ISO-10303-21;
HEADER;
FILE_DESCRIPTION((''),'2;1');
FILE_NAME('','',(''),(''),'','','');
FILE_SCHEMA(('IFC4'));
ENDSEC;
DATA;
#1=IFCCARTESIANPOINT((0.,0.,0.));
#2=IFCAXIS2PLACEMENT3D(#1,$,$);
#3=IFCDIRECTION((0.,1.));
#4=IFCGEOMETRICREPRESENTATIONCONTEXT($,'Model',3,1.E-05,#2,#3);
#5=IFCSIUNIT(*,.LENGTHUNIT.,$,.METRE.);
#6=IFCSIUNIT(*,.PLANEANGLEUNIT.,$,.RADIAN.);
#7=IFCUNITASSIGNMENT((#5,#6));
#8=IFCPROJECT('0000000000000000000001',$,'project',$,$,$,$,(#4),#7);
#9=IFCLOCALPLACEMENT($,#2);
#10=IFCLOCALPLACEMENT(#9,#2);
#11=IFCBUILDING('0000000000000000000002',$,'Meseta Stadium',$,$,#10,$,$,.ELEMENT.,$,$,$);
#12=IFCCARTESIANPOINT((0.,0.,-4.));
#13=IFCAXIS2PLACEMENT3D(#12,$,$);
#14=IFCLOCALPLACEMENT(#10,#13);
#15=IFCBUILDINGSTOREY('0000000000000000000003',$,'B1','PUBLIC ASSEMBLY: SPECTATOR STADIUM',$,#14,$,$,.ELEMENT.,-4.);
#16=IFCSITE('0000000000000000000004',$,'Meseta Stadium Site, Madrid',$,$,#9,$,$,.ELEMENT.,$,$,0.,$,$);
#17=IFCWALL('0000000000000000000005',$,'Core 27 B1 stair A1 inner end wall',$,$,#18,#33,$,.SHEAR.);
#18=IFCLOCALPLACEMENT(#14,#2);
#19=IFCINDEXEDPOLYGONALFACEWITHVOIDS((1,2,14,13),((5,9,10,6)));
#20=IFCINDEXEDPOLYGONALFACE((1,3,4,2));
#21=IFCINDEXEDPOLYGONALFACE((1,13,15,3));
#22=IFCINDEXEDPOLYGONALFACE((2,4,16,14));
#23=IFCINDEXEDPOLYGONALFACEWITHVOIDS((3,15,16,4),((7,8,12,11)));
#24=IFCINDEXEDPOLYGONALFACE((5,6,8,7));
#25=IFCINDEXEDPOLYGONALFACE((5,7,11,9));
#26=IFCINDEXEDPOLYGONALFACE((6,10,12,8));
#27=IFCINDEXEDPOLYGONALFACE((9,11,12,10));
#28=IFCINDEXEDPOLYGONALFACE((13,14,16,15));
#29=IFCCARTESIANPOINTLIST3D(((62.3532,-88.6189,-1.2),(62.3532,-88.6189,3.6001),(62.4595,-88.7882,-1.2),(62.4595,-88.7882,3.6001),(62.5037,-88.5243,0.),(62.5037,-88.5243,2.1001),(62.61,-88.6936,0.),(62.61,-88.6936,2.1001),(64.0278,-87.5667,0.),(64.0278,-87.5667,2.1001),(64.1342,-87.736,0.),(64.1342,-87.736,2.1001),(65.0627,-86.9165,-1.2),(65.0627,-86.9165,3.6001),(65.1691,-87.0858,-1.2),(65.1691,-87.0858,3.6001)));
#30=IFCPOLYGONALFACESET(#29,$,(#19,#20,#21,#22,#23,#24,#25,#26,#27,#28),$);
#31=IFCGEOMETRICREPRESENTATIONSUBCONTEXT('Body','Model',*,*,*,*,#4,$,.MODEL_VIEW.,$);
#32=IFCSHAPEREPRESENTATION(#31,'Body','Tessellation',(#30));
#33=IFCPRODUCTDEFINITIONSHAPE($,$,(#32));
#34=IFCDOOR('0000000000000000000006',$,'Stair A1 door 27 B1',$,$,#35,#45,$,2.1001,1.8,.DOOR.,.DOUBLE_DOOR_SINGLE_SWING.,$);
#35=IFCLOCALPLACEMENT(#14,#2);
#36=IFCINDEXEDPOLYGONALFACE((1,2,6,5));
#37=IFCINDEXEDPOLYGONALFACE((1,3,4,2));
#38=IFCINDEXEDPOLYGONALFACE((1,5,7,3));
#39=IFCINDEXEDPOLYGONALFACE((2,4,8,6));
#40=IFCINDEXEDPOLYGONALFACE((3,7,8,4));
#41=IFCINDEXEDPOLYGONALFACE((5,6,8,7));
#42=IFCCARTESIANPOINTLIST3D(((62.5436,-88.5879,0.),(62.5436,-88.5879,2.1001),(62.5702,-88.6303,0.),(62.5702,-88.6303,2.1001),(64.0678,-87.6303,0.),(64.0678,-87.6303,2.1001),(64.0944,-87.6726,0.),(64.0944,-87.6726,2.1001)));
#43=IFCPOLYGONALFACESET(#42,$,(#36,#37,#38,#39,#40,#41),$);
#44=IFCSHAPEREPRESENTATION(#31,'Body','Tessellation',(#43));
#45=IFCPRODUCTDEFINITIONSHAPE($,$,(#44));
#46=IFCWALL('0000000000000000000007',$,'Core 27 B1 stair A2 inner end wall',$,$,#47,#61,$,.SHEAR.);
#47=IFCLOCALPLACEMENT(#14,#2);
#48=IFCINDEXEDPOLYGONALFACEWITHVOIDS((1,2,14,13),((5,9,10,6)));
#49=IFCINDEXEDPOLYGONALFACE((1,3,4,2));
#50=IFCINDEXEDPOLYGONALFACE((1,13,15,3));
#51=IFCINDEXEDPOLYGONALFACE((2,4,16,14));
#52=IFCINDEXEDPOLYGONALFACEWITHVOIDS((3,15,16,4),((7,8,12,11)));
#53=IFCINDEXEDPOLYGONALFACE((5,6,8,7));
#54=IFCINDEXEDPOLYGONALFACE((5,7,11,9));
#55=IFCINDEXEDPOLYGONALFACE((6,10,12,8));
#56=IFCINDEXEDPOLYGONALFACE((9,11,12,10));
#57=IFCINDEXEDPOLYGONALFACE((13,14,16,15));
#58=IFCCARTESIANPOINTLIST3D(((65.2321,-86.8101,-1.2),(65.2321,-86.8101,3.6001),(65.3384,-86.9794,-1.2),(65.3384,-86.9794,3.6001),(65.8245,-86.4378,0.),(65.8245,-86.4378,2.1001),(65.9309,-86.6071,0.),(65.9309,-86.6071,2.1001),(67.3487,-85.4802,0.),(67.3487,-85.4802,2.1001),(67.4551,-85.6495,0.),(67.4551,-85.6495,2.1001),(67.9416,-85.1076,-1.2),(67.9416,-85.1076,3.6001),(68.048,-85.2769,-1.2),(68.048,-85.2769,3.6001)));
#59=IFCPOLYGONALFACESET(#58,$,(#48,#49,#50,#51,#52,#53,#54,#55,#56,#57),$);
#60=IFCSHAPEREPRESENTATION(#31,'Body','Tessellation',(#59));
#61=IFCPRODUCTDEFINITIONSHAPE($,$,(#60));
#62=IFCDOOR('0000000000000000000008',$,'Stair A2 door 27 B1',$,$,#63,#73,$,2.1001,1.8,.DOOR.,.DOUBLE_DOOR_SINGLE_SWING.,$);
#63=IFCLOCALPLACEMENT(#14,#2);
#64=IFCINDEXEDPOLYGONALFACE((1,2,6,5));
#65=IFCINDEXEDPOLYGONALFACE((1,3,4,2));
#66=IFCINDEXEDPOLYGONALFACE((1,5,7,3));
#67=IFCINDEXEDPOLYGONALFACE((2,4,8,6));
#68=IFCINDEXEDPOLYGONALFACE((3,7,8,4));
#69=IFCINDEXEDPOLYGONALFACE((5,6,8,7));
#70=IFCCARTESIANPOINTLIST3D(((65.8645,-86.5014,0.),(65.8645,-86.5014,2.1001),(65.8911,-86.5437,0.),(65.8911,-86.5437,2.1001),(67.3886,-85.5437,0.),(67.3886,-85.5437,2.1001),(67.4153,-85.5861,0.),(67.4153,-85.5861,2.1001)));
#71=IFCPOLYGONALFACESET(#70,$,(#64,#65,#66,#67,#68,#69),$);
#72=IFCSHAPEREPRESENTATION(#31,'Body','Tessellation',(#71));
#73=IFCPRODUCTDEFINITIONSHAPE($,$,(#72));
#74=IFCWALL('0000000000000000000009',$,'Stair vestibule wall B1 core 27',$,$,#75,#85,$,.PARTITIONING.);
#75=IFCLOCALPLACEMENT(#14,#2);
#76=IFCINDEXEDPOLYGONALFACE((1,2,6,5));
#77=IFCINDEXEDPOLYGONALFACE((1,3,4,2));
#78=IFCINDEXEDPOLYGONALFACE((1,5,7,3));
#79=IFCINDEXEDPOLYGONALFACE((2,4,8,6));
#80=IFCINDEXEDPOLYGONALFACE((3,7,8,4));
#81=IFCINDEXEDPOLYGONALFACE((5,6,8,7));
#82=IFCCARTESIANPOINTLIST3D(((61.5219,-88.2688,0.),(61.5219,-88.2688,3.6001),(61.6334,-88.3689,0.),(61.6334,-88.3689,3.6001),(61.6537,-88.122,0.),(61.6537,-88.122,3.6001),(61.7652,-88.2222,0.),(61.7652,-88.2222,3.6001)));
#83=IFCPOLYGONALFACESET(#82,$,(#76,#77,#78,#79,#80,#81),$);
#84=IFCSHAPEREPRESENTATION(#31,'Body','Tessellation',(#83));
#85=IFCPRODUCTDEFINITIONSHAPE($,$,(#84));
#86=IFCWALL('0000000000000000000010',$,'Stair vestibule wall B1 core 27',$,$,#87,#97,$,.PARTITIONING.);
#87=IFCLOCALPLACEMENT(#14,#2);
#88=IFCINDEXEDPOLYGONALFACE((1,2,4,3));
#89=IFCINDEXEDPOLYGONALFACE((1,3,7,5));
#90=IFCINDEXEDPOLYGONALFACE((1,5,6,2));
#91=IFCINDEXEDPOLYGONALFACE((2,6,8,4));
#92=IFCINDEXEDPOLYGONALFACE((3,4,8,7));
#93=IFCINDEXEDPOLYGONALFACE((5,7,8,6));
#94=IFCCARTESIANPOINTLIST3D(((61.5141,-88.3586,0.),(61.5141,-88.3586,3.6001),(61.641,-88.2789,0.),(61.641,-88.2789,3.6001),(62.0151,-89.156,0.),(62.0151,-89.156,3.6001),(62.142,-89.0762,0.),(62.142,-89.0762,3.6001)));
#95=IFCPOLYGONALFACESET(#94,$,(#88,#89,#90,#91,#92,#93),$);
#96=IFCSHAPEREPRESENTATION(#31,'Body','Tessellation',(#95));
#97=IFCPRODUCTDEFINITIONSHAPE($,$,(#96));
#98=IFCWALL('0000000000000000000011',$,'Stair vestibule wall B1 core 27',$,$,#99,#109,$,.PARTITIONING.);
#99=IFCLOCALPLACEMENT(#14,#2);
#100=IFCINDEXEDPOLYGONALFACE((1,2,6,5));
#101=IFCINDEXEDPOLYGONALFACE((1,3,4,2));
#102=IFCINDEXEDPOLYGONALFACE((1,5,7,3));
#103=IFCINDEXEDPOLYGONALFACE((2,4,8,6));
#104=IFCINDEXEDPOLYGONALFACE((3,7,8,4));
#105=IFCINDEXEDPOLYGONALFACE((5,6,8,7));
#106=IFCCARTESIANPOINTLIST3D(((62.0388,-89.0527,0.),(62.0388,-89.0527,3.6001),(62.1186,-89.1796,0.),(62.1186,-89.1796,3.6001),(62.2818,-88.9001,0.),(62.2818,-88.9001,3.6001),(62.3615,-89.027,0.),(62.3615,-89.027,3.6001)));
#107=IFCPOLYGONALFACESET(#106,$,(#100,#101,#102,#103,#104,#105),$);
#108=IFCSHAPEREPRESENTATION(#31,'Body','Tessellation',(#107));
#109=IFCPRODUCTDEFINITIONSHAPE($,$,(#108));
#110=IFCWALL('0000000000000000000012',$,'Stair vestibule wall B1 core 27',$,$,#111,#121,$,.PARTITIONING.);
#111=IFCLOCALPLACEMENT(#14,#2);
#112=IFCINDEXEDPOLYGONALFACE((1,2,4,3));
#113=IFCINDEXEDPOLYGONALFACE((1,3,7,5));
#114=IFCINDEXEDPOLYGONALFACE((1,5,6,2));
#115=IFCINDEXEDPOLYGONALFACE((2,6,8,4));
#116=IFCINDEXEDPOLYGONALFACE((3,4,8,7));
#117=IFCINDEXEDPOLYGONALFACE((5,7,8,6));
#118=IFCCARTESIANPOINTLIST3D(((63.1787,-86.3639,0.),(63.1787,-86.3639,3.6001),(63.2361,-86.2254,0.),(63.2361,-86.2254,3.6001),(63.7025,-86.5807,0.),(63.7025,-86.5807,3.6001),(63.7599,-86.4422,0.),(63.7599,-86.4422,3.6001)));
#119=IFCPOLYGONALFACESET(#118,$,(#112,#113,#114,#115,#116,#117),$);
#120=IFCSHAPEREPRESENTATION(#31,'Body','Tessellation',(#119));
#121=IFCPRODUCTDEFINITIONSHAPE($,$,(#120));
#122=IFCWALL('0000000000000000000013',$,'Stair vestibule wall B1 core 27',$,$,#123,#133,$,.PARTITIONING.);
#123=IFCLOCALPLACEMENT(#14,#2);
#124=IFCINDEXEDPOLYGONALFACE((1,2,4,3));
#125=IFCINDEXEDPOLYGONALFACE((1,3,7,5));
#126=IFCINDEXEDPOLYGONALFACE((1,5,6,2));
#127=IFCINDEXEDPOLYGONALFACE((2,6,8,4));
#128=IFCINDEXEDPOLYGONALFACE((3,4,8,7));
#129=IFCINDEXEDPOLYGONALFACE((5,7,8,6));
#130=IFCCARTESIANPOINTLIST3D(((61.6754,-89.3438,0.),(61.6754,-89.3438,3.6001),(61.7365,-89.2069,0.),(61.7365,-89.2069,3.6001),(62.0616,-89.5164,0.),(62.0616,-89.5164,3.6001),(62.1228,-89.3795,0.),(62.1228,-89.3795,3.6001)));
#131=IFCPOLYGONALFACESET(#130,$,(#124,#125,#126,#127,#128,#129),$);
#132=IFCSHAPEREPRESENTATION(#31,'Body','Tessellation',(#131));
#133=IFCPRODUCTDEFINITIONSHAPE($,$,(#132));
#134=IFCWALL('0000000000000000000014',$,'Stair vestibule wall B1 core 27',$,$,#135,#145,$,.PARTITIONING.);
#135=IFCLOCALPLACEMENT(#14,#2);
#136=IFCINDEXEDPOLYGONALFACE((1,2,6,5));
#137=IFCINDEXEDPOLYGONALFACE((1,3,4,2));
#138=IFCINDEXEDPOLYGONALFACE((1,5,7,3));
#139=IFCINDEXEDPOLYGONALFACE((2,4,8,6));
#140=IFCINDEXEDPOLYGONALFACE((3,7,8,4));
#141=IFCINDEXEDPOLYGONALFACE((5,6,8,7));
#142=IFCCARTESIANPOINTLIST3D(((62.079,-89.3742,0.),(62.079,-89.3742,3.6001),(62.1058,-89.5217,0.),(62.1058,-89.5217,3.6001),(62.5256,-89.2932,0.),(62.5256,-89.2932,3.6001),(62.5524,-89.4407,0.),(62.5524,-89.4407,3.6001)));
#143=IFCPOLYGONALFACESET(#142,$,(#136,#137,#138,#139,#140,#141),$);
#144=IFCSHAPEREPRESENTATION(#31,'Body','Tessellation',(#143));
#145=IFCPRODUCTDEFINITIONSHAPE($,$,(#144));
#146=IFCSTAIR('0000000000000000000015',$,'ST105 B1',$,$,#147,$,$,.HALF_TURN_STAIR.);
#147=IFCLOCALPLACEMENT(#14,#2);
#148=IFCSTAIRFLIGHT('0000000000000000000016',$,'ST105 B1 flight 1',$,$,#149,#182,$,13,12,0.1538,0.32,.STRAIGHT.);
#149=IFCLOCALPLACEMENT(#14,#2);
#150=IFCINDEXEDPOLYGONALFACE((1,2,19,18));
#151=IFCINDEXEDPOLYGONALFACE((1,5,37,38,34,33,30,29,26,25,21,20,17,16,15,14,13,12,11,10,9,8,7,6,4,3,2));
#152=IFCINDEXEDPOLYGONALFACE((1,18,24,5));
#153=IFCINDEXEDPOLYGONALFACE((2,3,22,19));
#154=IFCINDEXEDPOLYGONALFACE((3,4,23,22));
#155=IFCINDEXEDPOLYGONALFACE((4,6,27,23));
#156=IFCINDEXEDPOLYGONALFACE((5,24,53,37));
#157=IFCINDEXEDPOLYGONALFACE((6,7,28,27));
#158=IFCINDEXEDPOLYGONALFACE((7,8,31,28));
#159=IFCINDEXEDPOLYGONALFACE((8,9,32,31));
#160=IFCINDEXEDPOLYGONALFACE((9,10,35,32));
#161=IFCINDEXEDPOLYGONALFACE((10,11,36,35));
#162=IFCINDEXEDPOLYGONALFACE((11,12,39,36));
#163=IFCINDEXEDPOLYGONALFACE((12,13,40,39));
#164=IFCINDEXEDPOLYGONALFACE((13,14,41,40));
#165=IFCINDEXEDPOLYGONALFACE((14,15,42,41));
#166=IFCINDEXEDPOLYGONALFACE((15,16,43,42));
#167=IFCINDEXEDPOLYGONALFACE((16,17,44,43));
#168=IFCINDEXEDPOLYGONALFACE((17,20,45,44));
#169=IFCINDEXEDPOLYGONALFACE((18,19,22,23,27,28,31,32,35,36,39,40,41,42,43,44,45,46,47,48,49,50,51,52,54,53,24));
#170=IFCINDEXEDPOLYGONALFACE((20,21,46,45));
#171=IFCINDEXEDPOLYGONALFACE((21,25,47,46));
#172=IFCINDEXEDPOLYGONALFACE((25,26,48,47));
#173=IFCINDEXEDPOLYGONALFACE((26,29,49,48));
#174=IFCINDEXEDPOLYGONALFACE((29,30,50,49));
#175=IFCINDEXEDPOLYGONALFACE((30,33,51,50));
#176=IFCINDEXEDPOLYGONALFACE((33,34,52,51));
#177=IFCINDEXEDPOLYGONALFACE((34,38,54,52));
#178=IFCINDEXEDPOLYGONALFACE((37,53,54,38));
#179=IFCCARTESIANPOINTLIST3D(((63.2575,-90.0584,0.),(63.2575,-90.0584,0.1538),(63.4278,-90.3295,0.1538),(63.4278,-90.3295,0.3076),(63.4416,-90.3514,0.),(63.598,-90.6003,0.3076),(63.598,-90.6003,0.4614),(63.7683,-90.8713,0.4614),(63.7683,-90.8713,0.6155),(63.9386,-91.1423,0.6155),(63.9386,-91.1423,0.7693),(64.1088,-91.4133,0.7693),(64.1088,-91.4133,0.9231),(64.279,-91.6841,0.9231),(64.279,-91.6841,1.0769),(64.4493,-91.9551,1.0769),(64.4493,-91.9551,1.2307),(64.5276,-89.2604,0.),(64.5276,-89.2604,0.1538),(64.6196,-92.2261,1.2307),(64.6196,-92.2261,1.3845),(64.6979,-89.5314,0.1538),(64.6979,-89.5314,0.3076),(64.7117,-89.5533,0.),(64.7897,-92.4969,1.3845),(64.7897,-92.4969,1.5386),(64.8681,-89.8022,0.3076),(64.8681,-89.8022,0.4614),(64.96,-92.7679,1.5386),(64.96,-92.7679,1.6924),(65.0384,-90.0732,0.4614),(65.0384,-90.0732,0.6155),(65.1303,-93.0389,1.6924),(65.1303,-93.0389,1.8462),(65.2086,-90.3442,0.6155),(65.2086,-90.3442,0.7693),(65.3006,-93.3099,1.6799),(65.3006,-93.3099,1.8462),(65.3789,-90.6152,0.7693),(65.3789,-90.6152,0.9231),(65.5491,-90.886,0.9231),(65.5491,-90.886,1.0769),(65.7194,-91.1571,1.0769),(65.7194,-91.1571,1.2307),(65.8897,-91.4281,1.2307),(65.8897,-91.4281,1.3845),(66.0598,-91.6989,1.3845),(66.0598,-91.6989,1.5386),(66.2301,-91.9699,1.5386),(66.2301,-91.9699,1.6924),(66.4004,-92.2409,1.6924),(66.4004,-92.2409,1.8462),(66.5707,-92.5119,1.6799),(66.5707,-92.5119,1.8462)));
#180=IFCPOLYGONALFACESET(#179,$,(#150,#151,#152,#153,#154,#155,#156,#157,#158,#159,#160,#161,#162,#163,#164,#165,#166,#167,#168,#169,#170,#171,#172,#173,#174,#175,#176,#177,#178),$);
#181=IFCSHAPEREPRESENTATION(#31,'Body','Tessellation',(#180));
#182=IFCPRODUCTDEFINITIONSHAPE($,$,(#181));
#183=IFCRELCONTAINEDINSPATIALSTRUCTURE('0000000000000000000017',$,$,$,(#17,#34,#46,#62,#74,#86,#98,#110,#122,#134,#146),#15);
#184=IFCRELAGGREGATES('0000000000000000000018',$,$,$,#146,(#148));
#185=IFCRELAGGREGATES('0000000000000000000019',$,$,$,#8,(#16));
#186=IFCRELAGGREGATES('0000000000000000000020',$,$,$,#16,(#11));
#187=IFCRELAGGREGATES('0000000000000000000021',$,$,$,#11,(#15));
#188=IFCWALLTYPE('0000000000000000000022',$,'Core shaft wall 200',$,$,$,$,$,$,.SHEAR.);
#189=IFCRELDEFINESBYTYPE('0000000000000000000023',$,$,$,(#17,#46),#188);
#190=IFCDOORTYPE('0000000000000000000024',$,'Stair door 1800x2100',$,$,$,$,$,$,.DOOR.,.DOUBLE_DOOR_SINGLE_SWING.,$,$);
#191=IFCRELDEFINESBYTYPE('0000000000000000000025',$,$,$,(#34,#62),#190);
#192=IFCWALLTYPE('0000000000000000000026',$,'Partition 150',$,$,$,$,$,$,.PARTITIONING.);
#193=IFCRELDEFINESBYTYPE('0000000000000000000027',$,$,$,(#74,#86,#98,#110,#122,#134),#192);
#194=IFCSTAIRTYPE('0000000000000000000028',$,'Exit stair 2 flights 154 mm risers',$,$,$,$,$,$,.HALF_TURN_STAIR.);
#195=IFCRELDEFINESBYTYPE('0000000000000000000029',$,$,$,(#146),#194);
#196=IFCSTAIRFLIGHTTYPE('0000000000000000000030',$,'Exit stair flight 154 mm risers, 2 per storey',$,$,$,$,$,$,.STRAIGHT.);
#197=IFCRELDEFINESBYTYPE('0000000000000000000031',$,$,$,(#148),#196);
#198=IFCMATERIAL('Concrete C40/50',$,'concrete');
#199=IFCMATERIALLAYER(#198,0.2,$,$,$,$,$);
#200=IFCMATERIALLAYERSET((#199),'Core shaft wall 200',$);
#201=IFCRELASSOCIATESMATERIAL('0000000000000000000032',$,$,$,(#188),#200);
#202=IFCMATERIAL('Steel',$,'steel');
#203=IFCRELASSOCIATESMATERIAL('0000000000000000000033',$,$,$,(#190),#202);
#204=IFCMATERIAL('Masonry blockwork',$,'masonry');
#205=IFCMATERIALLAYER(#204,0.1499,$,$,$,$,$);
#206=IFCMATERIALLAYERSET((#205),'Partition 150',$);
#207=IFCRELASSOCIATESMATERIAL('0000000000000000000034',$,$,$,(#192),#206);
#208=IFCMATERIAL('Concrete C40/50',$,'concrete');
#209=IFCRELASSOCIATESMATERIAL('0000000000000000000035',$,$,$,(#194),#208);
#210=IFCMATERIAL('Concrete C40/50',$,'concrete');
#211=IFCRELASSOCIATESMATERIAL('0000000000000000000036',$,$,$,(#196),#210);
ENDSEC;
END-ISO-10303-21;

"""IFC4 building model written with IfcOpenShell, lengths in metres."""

from ifc_helpers import new_model, si_unit, direction, frame, frame_2d, origin, place, context, subcontext, project, spatial, polyline, rectangle, outline, extrude, material, layer, layer_set, type_object, element, fill, aggregate, save


model = new_model("IFC4")

# Units and contexts
model_context = context("Model", 3, precision=1e-05, world=origin(), true_north=direction((0.0, 1.0)))
body_context = subcontext(model_context, "Body", "Model", "MODEL_VIEW")
ifc_project = project(units=[si_unit("LENGTHUNIT", "METRE"), si_unit("PLANEANGLEUNIT", "RADIAN")], contexts=[model_context])

# Site, building, storey
site_placement = place(None, origin())
site = spatial("IfcSite", under=ifc_project, at=site_placement, Name="Meseta Stadium Site, Madrid", CompositionType="ELEMENT", RefElevation=0.0)
building_placement = place(site_placement, origin())
building = spatial("IfcBuilding", under=site, at=building_placement, Name="Meseta Stadium", CompositionType="ELEMENT")
storey_placement = place(building_placement, frame((0.0, 0.0, -4.0)))
storey = spatial("IfcBuildingStorey", under=building, at=storey_placement, Name="B1", Description="PUBLIC ASSEMBLY: SPECTATOR STADIUM", CompositionType="ELEMENT", Elevation=-4.0)

# Walls, openings, doors
ifc_material_1 = material(Name="Concrete C40/50", Category="concrete")
ifc_layer_1 = layer(ifc_material_1, 0.2)
ifc_layer_set_1 = layer_set([ifc_layer_1], Name="Core shaft wall 200")
wall_type_1 = type_object("IfcWallType", Name="Core shaft wall 200", PredefinedType="SHEAR", material=ifc_layer_set_1)
wall_1_placement = place(storey_placement, frame((62.4062, -88.7036, -1.2), z_axis=(0.0, 0.0, 1.0), x_axis=(0.846736, 0.532014, 0.0)))
wall_1 = element("IfcWall", 1, at=wall_1_placement, inside=storey, type_object=wall_type_1, Name="Core 27 B1 stair A1 inner end wall", PredefinedType="SHEAR", context=body_context, shape_type="SweptSolid", body=[
    extrude(rectangle(XDim=3.2, YDim=0.2, at=frame_2d((1.6001, 0.0))), origin(), (0.0, 0.0, 1.0), 4.8),
])
opening_1_placement = place(wall_1_placement, frame((0.178, 0.0, 1.2)))
opening_1 = element("IfcOpeningElement", 2, at=opening_1_placement, cuts=wall_1, PredefinedType="OPENING", context=body_context, shape_type="SweptSolid", body=[
    extrude(rectangle(XDim=1.8, YDim=2.1001, at=frame_2d((0.8999, 1.05))), frame((0.0, 0.1099, 0.0), z_axis=(0.0, -1.0, 0.0), x_axis=(1.0, 0.0, 0.0)), (0.0, 0.0, 1.0), 0.22),
])
ifc_material_2 = material(Name="Steel", Category="steel")
door_type = type_object("IfcDoorType", Name="Stair door 1800x2100", OperationType="DOUBLE_DOOR_SINGLE_SWING", PredefinedType="DOOR", material=ifc_material_2)
door_1_placement = place(opening_1_placement, origin())
door_1 = element("IfcDoor", 3, at=door_1_placement, inside=storey, type_object=door_type, Name="Stair A1 door 27 B1", OperationType="DOUBLE_DOOR_SINGLE_SWING", OverallHeight=2.1001, OverallWidth=1.8, PredefinedType="DOOR", context=body_context, shape_type="SweptSolid", body=[
    extrude(rectangle(XDim=1.8, YDim=2.1001, at=frame_2d((0.8999, 1.05))), frame((0.0, 0.0249, 0.0), z_axis=(0.0, -1.0, 0.0), x_axis=(1.0, 0.0, 0.0)), (0.0, 0.0, 1.0), 0.05),
])
fill(opening_1, door_1)
wall_2_placement = place(storey_placement, frame((65.2852, -86.8948, -1.2), z_axis=(0.0, 0.0, 1.0), x_axis=(0.846736, 0.532014, 0.0)))
wall_2 = element("IfcWall", 4, at=wall_2_placement, inside=storey, type_object=wall_type_1, Name="Core 27 B1 stair A2 inner end wall", PredefinedType="SHEAR", context=body_context, shape_type="SweptSolid", body=[
    extrude(rectangle(XDim=3.2, YDim=0.2, at=frame_2d((1.6001, 0.0))), origin(), (0.0, 0.0, 1.0), 4.8),
])
opening_2_placement = place(wall_2_placement, frame((0.7, 0.0, 1.2)))
opening_2 = element("IfcOpeningElement", 5, at=opening_2_placement, cuts=wall_2, PredefinedType="OPENING", context=body_context, shape_type="SweptSolid", body=[
    extrude(rectangle(XDim=1.8, YDim=2.1001, at=frame_2d((0.8999, 1.05))), frame((0.0, 0.1099, 0.0), z_axis=(0.0, -1.0, 0.0), x_axis=(1.0, 0.0, 0.0)), (0.0, 0.0, 1.0), 0.22),
])
door_2_placement = place(opening_2_placement, origin())
door_2 = element("IfcDoor", 6, at=door_2_placement, inside=storey, type_object=door_type, Name="Stair A2 door 27 B1", OperationType="DOUBLE_DOOR_SINGLE_SWING", OverallHeight=2.1001, OverallWidth=1.8, PredefinedType="DOOR", context=body_context, shape_type="SweptSolid", body=[
    extrude(rectangle(XDim=1.8, YDim=2.1001, at=frame_2d((0.8999, 1.05))), frame((0.0, 0.0249, 0.0), z_axis=(0.0, -1.0, 0.0), x_axis=(1.0, 0.0, 0.0)), (0.0, 0.0, 1.0), 0.05),
])
fill(opening_2, door_2)

# Walls
ifc_material_3 = material(Name="Masonry blockwork", Category="masonry")
ifc_layer_2 = layer(ifc_material_3, 0.1499)
ifc_layer_set_2 = layer_set([ifc_layer_2], Name="Partition 150")
wall_type_2 = type_object("IfcWallType", Name="Partition 150", PredefinedType="PARTITIONING", material=ifc_layer_set_2)
wall_3_placement = place(storey_placement, frame((61.7095, -88.1721, 0.0), z_axis=(0.0, 0.0, 1.0), x_axis=(-0.668349, -0.743848, 0.0)))
element("IfcWall", 7, at=wall_3_placement, inside=storey, type_object=wall_type_2, Name="Stair vestibule wall B1 core 27", PredefinedType="PARTITIONING", context=body_context, shape_type="SweptSolid", body=[
    extrude(rectangle(XDim=0.1973, YDim=0.1499, at=frame_2d((0.0986, 0.0))), origin(), (0.0, 0.0, 1.0), 3.6001),
])
wall_4_placement = place(storey_placement, frame((61.5776, -88.3188, 0.0), z_axis=(0.0, 0.0, 1.0), x_axis=(0.532002, -0.846743, 0.0)))
element("IfcWall", 8, at=wall_4_placement, inside=storey, type_object=wall_type_2, Name="Stair vestibule wall B1 core 27", PredefinedType="PARTITIONING", context=body_context, shape_type="SweptSolid", body=[
    extrude(rectangle(XDim=0.9417, YDim=0.1499, at=frame_2d((0.4707, 0.0))), origin(), (0.0, 0.0, 1.0), 3.6001),
])
wall_5_placement = place(storey_placement, frame((62.0786, -89.1162, 0.0), z_axis=(0.0, 0.0, 1.0), x_axis=(0.846801, 0.53191, 0.0)))
element("IfcWall", 9, at=wall_5_placement, inside=storey, type_object=wall_type_2, Name="Stair vestibule wall B1 core 27", PredefinedType="PARTITIONING", context=body_context, shape_type="SweptSolid", body=[
    extrude(rectangle(XDim=0.2869, YDim=0.1499, at=frame_2d((0.1436, 0.0))), origin(), (0.0, 0.0, 1.0), 3.6001),
])
wall_6_placement = place(storey_placement, frame((63.7312, -86.5115, 0.0), z_axis=(0.0, 0.0, 1.0), x_axis=(-0.923954, 0.382504, 0.0)))
element("IfcWall", 10, at=wall_6_placement, inside=storey, type_object=wall_type_2, Name="Stair vestibule wall B1 core 27", PredefinedType="PARTITIONING", context=body_context, shape_type="SweptSolid", body=[
    extrude(rectangle(XDim=0.5669, YDim=0.1499, at=frame_2d((0.2834, 0.0))), origin(), (0.0, 0.0, 1.0), 3.6001),
])
wall_7_placement = place(storey_placement, frame((61.7061, -89.2754, 0.0), z_axis=(0.0, 0.0, 1.0), x_axis=(0.912977, -0.408012, 0.0)))
element("IfcWall", 11, at=wall_7_placement, inside=storey, type_object=wall_type_2, Name="Stair vestibule wall B1 core 27", PredefinedType="PARTITIONING", context=body_context, shape_type="SweptSolid", body=[
    extrude(rectangle(XDim=0.4231, YDim=0.1499, at=frame_2d((0.2114, 0.0))), origin(), (0.0, 0.0, 1.0), 3.6001),
])
wall_8_placement = place(storey_placement, frame((62.0923, -89.448, 0.0), z_axis=(0.0, 0.0, 1.0), x_axis=(0.983922, 0.178601, 0.0)))
element("IfcWall", 12, at=wall_8_placement, inside=storey, type_object=wall_type_2, Name="Stair vestibule wall B1 core 27", PredefinedType="PARTITIONING", context=body_context, shape_type="SweptSolid", body=[
    extrude(rectangle(XDim=0.4539, YDim=0.1499, at=frame_2d((0.2271, 0.0))), origin(), (0.0, 0.0, 1.0), 3.6001),
])

# Stair, stair flight
ifc_material_4 = material(Name="Concrete C40/50", Category="concrete")
stair_type = type_object("IfcStairType", Name="Exit stair 2 flights 154 mm risers", PredefinedType="HALF_TURN_STAIR", material=ifc_material_4)
stair_1_placement = place(storey_placement, origin())
stair_1 = element("IfcStair", 13, at=stair_1_placement, inside=storey, type_object=stair_type, Name="ST105 B1", PredefinedType="HALF_TURN_STAIR")
ifc_material_5 = material(Name="Concrete C40/50", Category="concrete")
stair_flight_type = type_object("IfcStairFlightType", Name="Exit stair flight 154 mm risers, 2 per storey", PredefinedType="STRAIGHT", material=ifc_material_5)
stair_flight_1_placement = place(storey_placement, frame((63.8926, -89.6594, 0.0), z_axis=(0.0, 0.0, 1.0), x_axis=(0.532032, -0.846724, 0.0)))
stair_flight_1 = element("IfcStairFlight", 14, at=stair_flight_1_placement, type_object=stair_flight_type, Name="ST105 B1 flight 1", NumberOfRisers=13, NumberOfTreads=12, PredefinedType="STRAIGHT", RiserHeight=0.1538, TreadLength=0.32, context=body_context, shape_type="SweptSolid", body=[
    extrude(outline(polyline([(0.0, 0.0), (0.0, 0.1538), (0.3201, 0.1538), (0.3201, 0.3076), (0.6399, 0.3076), (0.6399, 0.4614), (0.96, 0.4614), (0.96, 0.6155), (1.28, 0.6155), (1.28, 0.7693), (1.6001, 0.7693), (1.6001, 0.9231), (1.9199, 0.9231), (1.9199, 1.0769), (2.24, 1.0769), (2.24, 1.2307), (2.5601, 1.2307), (2.5601, 1.3845), (2.8799, 1.3845), (2.8799, 1.5386), (3.2, 1.5386), (3.2, 1.6924), (3.52, 1.6924), (3.52, 1.8462), (3.8401, 1.8462), (3.8401, 1.6799), (0.3459, 0.0), (0.0, 0.0)])), frame((0.0, 0.75, 0.0), z_axis=(0.0, -1.0, 0.0), x_axis=(1.0, 0.0, 0.0)), (0.0, 0.0, 1.0), 1.5),
])
aggregate(stair_1, [stair_flight_1])

save(model, "model.ifc")
